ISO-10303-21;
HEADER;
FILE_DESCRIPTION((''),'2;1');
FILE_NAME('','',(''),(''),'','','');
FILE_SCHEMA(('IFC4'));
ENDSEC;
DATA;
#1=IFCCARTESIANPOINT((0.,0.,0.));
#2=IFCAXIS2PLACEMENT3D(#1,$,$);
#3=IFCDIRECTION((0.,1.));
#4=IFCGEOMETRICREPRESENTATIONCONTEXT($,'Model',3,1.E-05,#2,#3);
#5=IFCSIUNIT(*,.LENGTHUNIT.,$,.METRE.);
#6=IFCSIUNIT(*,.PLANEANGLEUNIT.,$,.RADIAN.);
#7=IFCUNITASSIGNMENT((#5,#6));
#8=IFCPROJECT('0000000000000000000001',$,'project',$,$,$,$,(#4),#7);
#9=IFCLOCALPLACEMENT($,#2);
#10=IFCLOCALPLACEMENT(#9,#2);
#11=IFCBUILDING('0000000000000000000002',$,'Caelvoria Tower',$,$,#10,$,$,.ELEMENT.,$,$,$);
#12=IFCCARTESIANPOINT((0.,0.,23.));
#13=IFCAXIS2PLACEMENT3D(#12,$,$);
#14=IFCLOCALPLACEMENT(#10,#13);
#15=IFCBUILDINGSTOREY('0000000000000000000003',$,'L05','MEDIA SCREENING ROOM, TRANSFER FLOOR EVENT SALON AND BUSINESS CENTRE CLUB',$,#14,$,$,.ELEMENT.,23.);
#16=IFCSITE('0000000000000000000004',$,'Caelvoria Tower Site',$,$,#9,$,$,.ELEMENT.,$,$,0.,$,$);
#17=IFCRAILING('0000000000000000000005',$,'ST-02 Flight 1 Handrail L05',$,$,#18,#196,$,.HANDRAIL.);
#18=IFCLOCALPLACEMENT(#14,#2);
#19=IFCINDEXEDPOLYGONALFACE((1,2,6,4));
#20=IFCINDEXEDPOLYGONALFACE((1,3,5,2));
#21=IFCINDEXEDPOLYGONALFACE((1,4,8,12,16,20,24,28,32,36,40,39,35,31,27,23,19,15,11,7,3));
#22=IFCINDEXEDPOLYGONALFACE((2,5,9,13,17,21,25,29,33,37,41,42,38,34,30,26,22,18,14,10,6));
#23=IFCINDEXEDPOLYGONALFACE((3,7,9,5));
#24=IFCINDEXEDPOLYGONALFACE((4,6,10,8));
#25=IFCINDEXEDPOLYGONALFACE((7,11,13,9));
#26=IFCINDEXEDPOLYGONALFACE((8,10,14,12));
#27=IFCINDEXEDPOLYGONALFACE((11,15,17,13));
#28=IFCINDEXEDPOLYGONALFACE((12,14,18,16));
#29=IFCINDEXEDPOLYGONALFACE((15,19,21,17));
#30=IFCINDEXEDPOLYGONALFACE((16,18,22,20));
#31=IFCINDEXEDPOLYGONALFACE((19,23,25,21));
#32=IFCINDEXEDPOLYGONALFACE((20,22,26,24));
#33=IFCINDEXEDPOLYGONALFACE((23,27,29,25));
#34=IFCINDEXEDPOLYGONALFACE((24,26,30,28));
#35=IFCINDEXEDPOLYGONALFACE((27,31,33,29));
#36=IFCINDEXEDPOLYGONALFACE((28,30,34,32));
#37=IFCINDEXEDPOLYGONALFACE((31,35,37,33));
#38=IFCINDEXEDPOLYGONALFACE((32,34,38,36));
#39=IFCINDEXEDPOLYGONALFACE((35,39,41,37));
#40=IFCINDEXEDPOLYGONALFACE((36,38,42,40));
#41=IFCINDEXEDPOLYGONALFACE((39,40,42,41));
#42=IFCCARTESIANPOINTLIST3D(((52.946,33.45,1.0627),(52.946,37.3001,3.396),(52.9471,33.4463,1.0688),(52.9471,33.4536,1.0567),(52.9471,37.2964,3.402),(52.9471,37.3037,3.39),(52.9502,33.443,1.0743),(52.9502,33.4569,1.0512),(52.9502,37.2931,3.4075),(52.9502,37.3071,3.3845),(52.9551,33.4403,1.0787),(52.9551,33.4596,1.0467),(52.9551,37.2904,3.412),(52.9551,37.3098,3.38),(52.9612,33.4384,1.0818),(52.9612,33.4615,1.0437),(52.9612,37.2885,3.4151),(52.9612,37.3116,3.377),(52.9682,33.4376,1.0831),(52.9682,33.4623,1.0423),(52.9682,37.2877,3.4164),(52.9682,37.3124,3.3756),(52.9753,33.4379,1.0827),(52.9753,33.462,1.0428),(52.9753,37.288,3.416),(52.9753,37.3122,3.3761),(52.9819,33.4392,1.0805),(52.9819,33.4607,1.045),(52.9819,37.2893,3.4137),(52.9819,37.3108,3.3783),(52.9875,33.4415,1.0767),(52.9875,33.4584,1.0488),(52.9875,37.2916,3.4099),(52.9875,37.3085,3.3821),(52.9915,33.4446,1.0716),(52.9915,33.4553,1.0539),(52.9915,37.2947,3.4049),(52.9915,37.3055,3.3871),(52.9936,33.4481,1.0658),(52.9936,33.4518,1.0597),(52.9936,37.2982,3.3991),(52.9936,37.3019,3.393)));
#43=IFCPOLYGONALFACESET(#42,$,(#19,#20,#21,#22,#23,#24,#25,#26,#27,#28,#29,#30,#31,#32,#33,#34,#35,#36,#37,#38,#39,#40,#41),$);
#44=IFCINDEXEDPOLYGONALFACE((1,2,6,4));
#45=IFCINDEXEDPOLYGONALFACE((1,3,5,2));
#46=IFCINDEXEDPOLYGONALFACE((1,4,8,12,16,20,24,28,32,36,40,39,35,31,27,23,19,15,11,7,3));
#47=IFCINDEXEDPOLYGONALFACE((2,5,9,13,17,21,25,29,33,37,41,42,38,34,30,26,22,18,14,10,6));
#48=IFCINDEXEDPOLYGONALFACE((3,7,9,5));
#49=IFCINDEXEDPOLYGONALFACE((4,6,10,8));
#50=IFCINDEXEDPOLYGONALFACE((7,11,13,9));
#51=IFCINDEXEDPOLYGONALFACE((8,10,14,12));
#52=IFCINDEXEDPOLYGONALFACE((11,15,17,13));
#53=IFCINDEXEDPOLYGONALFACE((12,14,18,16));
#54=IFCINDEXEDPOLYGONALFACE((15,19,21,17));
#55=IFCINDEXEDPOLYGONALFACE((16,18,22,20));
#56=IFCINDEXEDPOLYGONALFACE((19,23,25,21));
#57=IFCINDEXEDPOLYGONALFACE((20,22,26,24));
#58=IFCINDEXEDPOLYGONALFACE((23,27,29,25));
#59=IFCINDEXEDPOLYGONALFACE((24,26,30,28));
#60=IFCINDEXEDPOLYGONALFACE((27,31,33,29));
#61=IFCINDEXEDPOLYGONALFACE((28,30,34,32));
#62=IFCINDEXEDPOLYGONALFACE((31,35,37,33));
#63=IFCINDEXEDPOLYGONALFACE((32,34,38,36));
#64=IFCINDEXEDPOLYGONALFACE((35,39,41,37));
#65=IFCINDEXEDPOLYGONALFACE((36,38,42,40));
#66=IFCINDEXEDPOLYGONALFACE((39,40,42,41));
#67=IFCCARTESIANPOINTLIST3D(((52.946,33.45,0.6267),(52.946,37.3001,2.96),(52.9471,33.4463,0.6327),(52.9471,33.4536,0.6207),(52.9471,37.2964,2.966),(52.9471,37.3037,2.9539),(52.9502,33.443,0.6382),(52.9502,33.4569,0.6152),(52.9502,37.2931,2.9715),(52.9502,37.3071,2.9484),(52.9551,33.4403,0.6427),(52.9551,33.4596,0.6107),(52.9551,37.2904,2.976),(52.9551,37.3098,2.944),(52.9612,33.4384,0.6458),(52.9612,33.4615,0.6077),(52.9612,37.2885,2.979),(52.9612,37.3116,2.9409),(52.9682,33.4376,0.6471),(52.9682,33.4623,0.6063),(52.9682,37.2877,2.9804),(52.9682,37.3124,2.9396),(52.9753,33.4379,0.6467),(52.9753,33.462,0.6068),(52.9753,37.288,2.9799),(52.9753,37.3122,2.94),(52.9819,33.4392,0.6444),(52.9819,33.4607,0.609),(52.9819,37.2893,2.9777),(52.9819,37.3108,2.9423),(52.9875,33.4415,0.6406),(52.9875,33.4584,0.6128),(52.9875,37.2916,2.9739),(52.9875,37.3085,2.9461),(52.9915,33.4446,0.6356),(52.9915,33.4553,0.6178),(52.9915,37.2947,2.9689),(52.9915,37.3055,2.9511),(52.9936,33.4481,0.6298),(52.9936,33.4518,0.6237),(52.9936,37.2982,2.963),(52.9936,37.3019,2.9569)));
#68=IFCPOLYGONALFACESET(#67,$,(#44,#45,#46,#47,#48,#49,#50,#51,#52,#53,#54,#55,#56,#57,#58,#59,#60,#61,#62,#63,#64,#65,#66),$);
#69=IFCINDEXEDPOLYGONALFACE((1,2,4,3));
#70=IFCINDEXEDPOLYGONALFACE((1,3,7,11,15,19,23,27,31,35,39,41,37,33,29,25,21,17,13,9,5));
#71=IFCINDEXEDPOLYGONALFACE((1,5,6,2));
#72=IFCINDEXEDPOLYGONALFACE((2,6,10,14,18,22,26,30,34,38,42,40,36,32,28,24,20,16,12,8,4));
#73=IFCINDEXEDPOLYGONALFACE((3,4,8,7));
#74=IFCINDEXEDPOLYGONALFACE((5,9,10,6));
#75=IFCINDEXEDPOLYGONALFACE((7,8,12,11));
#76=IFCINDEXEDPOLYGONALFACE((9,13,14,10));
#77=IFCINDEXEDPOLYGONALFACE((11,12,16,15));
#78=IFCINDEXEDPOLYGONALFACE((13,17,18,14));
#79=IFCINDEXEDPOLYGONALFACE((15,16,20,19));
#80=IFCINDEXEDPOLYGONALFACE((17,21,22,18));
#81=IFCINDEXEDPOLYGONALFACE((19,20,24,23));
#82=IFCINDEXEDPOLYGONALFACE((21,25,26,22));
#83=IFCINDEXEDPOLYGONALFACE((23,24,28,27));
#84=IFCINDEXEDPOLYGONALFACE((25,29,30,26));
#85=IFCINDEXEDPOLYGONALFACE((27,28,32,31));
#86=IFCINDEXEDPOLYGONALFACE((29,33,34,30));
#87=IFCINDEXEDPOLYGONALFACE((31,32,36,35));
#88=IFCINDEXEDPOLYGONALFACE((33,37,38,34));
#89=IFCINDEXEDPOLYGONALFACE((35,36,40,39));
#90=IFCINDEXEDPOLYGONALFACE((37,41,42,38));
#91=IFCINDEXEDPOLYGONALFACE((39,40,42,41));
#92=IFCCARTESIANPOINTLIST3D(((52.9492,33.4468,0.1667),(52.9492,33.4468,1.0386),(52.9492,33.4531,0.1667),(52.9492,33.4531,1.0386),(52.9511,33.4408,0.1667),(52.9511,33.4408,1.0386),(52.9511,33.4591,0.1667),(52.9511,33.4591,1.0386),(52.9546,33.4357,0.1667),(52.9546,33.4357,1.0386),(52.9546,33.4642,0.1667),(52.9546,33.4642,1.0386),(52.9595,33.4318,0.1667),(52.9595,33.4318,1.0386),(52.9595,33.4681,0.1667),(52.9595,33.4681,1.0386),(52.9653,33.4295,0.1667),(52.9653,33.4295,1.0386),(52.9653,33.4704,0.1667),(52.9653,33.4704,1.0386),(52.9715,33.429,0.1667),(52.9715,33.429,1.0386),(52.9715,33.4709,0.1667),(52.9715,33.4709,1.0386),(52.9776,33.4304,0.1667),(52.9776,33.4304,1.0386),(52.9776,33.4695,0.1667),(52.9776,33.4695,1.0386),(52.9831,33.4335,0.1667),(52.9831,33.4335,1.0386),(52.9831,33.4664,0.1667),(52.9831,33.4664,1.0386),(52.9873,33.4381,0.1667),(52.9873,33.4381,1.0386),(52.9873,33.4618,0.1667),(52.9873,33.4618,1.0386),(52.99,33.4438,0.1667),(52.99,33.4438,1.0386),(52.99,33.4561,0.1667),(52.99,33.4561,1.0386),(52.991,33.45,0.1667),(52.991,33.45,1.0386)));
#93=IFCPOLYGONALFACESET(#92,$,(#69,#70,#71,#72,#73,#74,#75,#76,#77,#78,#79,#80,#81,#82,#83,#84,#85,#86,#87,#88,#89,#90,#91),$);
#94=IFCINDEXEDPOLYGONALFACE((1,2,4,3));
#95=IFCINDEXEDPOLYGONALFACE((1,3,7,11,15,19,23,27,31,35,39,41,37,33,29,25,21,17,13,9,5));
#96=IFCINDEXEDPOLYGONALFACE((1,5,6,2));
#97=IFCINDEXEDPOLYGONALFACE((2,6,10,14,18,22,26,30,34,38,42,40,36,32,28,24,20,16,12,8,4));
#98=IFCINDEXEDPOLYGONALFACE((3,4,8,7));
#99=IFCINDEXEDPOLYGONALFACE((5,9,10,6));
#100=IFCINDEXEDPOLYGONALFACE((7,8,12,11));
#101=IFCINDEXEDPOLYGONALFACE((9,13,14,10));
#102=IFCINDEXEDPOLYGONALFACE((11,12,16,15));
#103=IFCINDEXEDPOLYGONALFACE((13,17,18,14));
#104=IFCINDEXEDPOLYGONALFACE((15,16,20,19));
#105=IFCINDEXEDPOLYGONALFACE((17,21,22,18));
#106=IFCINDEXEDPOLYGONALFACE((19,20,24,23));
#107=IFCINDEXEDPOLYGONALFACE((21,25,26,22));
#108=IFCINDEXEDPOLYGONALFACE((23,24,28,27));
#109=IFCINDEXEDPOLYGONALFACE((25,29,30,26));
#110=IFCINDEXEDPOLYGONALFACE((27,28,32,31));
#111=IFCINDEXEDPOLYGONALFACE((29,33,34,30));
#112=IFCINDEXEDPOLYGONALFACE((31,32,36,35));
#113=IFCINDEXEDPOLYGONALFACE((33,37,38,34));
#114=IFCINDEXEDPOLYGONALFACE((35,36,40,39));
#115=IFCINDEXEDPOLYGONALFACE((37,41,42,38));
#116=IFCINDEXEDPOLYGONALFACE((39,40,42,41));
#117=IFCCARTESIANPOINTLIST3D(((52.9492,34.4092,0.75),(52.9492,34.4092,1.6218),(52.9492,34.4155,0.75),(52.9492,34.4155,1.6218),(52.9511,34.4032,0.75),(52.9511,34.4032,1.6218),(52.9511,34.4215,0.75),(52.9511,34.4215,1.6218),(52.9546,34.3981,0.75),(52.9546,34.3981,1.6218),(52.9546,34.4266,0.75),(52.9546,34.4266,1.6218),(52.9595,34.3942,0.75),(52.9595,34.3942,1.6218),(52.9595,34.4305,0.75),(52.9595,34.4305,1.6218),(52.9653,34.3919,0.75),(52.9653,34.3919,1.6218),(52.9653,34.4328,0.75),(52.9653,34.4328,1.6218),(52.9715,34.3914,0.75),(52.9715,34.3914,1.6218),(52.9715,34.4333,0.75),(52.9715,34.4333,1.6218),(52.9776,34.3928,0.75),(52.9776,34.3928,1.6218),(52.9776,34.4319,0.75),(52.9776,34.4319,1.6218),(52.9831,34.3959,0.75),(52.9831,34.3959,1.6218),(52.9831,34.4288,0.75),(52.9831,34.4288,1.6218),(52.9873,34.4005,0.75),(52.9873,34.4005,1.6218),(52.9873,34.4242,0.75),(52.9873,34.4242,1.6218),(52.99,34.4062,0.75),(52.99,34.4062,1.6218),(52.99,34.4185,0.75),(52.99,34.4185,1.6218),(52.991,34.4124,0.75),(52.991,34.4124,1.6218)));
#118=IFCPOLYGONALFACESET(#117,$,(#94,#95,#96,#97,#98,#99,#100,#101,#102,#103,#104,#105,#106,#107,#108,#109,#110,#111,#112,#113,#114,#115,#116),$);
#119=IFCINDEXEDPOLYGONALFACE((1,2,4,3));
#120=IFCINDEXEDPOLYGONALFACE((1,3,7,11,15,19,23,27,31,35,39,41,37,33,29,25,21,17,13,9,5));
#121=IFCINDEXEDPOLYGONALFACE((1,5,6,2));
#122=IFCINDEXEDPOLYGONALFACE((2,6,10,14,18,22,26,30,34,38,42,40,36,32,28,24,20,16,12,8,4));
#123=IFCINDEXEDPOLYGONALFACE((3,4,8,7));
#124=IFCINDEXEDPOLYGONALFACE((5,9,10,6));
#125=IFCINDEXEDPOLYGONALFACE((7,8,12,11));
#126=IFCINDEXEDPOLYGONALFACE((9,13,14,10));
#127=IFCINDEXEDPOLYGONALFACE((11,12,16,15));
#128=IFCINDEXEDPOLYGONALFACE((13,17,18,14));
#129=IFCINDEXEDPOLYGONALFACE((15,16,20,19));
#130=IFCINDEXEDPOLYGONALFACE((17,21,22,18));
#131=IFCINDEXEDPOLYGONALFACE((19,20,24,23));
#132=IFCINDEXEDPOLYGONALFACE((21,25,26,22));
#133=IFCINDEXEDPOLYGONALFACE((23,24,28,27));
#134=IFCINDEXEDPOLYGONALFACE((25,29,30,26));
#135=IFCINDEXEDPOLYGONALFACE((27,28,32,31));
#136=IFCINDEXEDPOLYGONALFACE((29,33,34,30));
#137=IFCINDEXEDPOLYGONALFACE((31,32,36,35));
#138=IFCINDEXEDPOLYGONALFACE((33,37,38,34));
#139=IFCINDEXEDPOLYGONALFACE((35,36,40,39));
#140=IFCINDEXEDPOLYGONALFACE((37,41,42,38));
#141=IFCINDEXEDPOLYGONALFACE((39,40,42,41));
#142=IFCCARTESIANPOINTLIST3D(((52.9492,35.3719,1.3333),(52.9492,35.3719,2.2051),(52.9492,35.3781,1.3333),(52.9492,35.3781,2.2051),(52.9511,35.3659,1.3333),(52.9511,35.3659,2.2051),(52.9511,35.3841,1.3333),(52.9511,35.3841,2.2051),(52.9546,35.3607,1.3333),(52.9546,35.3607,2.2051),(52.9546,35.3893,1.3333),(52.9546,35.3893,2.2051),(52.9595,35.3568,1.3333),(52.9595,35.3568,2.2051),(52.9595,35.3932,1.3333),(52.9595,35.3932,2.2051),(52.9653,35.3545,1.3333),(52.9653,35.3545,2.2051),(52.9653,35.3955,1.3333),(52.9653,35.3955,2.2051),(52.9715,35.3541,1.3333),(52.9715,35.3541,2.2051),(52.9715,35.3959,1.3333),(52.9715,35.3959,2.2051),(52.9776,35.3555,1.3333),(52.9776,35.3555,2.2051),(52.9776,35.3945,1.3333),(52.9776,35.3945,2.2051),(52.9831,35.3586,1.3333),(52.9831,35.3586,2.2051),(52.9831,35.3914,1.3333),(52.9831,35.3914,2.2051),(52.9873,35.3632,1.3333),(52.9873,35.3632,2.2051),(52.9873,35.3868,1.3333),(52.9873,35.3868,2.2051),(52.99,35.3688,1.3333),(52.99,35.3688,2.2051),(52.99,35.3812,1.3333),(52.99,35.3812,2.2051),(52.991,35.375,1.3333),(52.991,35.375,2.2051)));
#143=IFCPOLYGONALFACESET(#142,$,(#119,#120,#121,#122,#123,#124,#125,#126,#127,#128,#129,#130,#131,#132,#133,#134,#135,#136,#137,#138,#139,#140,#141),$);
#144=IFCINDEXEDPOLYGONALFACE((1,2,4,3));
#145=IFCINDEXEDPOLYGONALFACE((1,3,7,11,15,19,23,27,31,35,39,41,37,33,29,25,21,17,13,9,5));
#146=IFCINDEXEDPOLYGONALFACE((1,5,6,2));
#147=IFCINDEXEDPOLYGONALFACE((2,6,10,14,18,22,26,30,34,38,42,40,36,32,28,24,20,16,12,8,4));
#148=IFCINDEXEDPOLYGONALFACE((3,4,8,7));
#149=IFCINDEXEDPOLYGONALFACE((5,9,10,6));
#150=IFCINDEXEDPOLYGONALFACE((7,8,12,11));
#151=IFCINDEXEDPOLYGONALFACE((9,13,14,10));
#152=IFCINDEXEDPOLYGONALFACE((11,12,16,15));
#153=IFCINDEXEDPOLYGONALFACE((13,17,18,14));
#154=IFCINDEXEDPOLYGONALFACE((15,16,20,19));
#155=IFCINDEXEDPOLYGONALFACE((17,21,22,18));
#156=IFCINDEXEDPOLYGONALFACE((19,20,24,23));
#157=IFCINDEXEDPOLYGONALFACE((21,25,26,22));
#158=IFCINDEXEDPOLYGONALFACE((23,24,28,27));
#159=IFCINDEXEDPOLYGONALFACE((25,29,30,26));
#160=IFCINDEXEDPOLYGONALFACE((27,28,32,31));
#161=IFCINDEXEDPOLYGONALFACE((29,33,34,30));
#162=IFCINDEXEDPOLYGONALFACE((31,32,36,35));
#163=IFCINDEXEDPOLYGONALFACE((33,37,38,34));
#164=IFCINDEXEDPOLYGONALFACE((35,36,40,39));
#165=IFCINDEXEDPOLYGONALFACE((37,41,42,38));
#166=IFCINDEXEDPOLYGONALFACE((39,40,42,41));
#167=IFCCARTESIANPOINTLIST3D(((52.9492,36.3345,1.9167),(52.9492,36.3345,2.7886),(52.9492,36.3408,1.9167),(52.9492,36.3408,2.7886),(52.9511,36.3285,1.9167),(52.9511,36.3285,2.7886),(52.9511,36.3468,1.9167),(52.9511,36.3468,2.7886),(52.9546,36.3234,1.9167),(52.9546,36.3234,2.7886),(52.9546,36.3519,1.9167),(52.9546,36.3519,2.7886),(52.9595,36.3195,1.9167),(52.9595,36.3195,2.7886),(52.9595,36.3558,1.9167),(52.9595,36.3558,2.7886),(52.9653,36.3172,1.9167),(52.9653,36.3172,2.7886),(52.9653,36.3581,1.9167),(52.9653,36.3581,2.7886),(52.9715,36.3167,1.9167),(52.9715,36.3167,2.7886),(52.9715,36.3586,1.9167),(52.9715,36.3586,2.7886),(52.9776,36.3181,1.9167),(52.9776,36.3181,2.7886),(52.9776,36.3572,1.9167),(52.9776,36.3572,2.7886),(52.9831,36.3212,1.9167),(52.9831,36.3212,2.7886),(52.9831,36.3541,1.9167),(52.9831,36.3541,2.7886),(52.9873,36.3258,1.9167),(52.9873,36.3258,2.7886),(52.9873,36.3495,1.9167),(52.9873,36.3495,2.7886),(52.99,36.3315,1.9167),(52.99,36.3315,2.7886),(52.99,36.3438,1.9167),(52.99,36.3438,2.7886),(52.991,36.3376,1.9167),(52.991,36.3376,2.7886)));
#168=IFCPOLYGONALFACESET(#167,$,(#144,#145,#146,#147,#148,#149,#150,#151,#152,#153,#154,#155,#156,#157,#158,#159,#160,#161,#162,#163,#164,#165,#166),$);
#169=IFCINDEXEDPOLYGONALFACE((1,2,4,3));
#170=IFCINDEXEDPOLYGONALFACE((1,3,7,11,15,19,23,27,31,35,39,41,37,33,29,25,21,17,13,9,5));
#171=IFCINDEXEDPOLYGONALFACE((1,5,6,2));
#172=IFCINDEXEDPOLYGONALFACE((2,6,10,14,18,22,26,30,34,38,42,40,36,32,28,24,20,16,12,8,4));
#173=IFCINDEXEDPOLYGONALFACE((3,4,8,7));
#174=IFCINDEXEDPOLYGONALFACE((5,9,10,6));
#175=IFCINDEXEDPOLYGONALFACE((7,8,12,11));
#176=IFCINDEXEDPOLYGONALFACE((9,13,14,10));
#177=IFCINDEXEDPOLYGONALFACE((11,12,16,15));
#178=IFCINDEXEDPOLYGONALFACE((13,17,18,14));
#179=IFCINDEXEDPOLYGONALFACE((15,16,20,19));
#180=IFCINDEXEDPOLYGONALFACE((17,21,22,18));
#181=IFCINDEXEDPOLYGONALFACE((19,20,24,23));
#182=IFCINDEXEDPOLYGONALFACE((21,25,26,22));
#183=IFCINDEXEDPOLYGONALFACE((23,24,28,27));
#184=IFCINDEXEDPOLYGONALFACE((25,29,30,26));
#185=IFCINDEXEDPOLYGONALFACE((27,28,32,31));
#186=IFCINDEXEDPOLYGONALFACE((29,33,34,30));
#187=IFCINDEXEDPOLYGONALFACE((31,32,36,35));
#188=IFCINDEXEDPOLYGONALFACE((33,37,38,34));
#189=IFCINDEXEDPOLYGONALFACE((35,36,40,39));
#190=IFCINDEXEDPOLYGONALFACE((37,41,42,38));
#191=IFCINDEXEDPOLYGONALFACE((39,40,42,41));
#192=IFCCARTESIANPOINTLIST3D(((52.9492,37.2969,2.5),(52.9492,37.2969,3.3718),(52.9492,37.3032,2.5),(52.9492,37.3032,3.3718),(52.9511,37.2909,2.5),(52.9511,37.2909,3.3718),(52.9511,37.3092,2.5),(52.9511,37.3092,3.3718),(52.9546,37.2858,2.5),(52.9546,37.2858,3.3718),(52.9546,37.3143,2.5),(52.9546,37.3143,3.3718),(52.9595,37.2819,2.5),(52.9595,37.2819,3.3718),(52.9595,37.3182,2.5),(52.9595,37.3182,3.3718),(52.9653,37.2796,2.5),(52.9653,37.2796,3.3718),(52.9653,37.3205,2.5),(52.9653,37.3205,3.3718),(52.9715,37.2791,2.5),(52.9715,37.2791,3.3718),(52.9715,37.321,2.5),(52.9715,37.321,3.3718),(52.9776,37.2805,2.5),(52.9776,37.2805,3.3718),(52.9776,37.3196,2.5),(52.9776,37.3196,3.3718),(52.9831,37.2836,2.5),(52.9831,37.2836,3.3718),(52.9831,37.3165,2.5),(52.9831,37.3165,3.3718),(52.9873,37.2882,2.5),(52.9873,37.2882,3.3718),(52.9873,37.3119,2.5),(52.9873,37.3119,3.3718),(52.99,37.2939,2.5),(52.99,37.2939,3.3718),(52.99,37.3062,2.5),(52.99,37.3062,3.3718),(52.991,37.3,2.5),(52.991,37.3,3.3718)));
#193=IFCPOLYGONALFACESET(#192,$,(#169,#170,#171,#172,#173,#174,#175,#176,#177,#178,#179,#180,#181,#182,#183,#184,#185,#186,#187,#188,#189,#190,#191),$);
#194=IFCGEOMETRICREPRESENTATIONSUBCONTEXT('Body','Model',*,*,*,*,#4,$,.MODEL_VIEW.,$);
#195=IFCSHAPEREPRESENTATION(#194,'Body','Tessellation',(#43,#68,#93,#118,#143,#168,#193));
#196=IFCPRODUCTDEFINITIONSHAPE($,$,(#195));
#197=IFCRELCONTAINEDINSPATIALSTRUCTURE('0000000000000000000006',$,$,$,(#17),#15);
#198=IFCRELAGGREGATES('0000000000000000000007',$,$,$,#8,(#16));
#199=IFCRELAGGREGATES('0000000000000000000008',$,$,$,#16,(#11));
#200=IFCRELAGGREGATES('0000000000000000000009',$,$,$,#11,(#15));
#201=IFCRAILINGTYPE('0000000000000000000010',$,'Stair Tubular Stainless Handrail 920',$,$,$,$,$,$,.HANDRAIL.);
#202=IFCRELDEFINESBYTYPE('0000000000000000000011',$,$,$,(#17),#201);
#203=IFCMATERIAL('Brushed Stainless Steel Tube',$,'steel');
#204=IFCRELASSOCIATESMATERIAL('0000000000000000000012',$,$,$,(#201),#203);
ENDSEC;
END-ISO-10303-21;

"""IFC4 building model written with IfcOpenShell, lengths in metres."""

from ifc_helpers import new_model, si_unit, direction, frame, origin, origin_2d, place, context, subcontext, project, spatial, circle, extrude, material, type_object, element, save


model = new_model("IFC4")

# Units and contexts
model_context = context("Model", 3, precision=1e-05, world=origin(), true_north=direction((0.0, 1.0)))
body_context = subcontext(model_context, "Body", "Model", "MODEL_VIEW")
ifc_project = project(units=[si_unit("LENGTHUNIT", "METRE"), si_unit("PLANEANGLEUNIT", "RADIAN")], contexts=[model_context])

# Site, building, storey
site_placement = place(None, origin())
site = spatial("IfcSite", under=ifc_project, at=site_placement, Name="Caelvoria Tower Site", CompositionType="ELEMENT", RefElevation=0.0)
building_placement = place(site_placement, origin())
building = spatial("IfcBuilding", under=site, at=building_placement, Name="Caelvoria Tower", CompositionType="ELEMENT")
storey_placement = place(building_placement, frame((0.0, 0.0, 23.0)))
storey = spatial("IfcBuildingStorey", under=building, at=storey_placement, Name="L05", Description="MEDIA SCREENING ROOM, TRANSFER FLOOR EVENT SALON AND BUSINESS CENTRE CLUB", CompositionType="ELEMENT", Elevation=23.0)

# Railing
ifc_material_1 = material(Name="Brushed Stainless Steel Tube", Category="steel")
railing_type_1 = type_object("IfcRailingType", Name="Stair Tubular Stainless Handrail 920", PredefinedType="HANDRAIL", material=ifc_material_1)
railing_1_placement = place(storey_placement, frame((52.97, 33.45, 0.1667)))
element("IfcRailing", 1, at=railing_1_placement, inside=storey, type_object=railing_type_1, Name="ST-02 Flight 1 Handrail L05", PredefinedType="HANDRAIL", context=body_context, shape_type="SweptSolid", body=[
    extrude(circle(Radius=0.0239, at=origin_2d()), frame((0.0, 0.0, 0.896), z_axis=(0.0, 0.855212, 0.518279), x_axis=(-1.0, 0.0, 0.0)), (0.0, 0.0, 1.0), 4.502),
    extrude(circle(Radius=0.0239, at=origin_2d()), frame((0.0, 0.0, 0.46), z_axis=(0.0, 0.855212, 0.518279), x_axis=(-1.0, 0.0, 0.0)), (0.0, 0.0, 1.0), 4.502),
    extrude(circle(Radius=0.021, at=origin_2d()), origin(), (0.0, 0.0, 1.0), 0.8718),
    extrude(circle(Radius=0.021, at=origin_2d()), frame((0.0, 0.9624, 0.5833)), (0.0, 0.0, 1.0), 0.8718),
    extrude(circle(Radius=0.021, at=origin_2d()), frame((0.0, 1.925, 1.1665)), (0.0, 0.0, 1.0), 0.8718),
    extrude(circle(Radius=0.021, at=origin_2d()), frame((0.0, 2.8877, 1.75)), (0.0, 0.0, 1.0), 0.8718),
    extrude(circle(Radius=0.021, at=origin_2d()), frame((0.0, 3.8501, 2.3333)), (0.0, 0.0, 1.0), 0.8718),
])

save(model, "model.ifc")
